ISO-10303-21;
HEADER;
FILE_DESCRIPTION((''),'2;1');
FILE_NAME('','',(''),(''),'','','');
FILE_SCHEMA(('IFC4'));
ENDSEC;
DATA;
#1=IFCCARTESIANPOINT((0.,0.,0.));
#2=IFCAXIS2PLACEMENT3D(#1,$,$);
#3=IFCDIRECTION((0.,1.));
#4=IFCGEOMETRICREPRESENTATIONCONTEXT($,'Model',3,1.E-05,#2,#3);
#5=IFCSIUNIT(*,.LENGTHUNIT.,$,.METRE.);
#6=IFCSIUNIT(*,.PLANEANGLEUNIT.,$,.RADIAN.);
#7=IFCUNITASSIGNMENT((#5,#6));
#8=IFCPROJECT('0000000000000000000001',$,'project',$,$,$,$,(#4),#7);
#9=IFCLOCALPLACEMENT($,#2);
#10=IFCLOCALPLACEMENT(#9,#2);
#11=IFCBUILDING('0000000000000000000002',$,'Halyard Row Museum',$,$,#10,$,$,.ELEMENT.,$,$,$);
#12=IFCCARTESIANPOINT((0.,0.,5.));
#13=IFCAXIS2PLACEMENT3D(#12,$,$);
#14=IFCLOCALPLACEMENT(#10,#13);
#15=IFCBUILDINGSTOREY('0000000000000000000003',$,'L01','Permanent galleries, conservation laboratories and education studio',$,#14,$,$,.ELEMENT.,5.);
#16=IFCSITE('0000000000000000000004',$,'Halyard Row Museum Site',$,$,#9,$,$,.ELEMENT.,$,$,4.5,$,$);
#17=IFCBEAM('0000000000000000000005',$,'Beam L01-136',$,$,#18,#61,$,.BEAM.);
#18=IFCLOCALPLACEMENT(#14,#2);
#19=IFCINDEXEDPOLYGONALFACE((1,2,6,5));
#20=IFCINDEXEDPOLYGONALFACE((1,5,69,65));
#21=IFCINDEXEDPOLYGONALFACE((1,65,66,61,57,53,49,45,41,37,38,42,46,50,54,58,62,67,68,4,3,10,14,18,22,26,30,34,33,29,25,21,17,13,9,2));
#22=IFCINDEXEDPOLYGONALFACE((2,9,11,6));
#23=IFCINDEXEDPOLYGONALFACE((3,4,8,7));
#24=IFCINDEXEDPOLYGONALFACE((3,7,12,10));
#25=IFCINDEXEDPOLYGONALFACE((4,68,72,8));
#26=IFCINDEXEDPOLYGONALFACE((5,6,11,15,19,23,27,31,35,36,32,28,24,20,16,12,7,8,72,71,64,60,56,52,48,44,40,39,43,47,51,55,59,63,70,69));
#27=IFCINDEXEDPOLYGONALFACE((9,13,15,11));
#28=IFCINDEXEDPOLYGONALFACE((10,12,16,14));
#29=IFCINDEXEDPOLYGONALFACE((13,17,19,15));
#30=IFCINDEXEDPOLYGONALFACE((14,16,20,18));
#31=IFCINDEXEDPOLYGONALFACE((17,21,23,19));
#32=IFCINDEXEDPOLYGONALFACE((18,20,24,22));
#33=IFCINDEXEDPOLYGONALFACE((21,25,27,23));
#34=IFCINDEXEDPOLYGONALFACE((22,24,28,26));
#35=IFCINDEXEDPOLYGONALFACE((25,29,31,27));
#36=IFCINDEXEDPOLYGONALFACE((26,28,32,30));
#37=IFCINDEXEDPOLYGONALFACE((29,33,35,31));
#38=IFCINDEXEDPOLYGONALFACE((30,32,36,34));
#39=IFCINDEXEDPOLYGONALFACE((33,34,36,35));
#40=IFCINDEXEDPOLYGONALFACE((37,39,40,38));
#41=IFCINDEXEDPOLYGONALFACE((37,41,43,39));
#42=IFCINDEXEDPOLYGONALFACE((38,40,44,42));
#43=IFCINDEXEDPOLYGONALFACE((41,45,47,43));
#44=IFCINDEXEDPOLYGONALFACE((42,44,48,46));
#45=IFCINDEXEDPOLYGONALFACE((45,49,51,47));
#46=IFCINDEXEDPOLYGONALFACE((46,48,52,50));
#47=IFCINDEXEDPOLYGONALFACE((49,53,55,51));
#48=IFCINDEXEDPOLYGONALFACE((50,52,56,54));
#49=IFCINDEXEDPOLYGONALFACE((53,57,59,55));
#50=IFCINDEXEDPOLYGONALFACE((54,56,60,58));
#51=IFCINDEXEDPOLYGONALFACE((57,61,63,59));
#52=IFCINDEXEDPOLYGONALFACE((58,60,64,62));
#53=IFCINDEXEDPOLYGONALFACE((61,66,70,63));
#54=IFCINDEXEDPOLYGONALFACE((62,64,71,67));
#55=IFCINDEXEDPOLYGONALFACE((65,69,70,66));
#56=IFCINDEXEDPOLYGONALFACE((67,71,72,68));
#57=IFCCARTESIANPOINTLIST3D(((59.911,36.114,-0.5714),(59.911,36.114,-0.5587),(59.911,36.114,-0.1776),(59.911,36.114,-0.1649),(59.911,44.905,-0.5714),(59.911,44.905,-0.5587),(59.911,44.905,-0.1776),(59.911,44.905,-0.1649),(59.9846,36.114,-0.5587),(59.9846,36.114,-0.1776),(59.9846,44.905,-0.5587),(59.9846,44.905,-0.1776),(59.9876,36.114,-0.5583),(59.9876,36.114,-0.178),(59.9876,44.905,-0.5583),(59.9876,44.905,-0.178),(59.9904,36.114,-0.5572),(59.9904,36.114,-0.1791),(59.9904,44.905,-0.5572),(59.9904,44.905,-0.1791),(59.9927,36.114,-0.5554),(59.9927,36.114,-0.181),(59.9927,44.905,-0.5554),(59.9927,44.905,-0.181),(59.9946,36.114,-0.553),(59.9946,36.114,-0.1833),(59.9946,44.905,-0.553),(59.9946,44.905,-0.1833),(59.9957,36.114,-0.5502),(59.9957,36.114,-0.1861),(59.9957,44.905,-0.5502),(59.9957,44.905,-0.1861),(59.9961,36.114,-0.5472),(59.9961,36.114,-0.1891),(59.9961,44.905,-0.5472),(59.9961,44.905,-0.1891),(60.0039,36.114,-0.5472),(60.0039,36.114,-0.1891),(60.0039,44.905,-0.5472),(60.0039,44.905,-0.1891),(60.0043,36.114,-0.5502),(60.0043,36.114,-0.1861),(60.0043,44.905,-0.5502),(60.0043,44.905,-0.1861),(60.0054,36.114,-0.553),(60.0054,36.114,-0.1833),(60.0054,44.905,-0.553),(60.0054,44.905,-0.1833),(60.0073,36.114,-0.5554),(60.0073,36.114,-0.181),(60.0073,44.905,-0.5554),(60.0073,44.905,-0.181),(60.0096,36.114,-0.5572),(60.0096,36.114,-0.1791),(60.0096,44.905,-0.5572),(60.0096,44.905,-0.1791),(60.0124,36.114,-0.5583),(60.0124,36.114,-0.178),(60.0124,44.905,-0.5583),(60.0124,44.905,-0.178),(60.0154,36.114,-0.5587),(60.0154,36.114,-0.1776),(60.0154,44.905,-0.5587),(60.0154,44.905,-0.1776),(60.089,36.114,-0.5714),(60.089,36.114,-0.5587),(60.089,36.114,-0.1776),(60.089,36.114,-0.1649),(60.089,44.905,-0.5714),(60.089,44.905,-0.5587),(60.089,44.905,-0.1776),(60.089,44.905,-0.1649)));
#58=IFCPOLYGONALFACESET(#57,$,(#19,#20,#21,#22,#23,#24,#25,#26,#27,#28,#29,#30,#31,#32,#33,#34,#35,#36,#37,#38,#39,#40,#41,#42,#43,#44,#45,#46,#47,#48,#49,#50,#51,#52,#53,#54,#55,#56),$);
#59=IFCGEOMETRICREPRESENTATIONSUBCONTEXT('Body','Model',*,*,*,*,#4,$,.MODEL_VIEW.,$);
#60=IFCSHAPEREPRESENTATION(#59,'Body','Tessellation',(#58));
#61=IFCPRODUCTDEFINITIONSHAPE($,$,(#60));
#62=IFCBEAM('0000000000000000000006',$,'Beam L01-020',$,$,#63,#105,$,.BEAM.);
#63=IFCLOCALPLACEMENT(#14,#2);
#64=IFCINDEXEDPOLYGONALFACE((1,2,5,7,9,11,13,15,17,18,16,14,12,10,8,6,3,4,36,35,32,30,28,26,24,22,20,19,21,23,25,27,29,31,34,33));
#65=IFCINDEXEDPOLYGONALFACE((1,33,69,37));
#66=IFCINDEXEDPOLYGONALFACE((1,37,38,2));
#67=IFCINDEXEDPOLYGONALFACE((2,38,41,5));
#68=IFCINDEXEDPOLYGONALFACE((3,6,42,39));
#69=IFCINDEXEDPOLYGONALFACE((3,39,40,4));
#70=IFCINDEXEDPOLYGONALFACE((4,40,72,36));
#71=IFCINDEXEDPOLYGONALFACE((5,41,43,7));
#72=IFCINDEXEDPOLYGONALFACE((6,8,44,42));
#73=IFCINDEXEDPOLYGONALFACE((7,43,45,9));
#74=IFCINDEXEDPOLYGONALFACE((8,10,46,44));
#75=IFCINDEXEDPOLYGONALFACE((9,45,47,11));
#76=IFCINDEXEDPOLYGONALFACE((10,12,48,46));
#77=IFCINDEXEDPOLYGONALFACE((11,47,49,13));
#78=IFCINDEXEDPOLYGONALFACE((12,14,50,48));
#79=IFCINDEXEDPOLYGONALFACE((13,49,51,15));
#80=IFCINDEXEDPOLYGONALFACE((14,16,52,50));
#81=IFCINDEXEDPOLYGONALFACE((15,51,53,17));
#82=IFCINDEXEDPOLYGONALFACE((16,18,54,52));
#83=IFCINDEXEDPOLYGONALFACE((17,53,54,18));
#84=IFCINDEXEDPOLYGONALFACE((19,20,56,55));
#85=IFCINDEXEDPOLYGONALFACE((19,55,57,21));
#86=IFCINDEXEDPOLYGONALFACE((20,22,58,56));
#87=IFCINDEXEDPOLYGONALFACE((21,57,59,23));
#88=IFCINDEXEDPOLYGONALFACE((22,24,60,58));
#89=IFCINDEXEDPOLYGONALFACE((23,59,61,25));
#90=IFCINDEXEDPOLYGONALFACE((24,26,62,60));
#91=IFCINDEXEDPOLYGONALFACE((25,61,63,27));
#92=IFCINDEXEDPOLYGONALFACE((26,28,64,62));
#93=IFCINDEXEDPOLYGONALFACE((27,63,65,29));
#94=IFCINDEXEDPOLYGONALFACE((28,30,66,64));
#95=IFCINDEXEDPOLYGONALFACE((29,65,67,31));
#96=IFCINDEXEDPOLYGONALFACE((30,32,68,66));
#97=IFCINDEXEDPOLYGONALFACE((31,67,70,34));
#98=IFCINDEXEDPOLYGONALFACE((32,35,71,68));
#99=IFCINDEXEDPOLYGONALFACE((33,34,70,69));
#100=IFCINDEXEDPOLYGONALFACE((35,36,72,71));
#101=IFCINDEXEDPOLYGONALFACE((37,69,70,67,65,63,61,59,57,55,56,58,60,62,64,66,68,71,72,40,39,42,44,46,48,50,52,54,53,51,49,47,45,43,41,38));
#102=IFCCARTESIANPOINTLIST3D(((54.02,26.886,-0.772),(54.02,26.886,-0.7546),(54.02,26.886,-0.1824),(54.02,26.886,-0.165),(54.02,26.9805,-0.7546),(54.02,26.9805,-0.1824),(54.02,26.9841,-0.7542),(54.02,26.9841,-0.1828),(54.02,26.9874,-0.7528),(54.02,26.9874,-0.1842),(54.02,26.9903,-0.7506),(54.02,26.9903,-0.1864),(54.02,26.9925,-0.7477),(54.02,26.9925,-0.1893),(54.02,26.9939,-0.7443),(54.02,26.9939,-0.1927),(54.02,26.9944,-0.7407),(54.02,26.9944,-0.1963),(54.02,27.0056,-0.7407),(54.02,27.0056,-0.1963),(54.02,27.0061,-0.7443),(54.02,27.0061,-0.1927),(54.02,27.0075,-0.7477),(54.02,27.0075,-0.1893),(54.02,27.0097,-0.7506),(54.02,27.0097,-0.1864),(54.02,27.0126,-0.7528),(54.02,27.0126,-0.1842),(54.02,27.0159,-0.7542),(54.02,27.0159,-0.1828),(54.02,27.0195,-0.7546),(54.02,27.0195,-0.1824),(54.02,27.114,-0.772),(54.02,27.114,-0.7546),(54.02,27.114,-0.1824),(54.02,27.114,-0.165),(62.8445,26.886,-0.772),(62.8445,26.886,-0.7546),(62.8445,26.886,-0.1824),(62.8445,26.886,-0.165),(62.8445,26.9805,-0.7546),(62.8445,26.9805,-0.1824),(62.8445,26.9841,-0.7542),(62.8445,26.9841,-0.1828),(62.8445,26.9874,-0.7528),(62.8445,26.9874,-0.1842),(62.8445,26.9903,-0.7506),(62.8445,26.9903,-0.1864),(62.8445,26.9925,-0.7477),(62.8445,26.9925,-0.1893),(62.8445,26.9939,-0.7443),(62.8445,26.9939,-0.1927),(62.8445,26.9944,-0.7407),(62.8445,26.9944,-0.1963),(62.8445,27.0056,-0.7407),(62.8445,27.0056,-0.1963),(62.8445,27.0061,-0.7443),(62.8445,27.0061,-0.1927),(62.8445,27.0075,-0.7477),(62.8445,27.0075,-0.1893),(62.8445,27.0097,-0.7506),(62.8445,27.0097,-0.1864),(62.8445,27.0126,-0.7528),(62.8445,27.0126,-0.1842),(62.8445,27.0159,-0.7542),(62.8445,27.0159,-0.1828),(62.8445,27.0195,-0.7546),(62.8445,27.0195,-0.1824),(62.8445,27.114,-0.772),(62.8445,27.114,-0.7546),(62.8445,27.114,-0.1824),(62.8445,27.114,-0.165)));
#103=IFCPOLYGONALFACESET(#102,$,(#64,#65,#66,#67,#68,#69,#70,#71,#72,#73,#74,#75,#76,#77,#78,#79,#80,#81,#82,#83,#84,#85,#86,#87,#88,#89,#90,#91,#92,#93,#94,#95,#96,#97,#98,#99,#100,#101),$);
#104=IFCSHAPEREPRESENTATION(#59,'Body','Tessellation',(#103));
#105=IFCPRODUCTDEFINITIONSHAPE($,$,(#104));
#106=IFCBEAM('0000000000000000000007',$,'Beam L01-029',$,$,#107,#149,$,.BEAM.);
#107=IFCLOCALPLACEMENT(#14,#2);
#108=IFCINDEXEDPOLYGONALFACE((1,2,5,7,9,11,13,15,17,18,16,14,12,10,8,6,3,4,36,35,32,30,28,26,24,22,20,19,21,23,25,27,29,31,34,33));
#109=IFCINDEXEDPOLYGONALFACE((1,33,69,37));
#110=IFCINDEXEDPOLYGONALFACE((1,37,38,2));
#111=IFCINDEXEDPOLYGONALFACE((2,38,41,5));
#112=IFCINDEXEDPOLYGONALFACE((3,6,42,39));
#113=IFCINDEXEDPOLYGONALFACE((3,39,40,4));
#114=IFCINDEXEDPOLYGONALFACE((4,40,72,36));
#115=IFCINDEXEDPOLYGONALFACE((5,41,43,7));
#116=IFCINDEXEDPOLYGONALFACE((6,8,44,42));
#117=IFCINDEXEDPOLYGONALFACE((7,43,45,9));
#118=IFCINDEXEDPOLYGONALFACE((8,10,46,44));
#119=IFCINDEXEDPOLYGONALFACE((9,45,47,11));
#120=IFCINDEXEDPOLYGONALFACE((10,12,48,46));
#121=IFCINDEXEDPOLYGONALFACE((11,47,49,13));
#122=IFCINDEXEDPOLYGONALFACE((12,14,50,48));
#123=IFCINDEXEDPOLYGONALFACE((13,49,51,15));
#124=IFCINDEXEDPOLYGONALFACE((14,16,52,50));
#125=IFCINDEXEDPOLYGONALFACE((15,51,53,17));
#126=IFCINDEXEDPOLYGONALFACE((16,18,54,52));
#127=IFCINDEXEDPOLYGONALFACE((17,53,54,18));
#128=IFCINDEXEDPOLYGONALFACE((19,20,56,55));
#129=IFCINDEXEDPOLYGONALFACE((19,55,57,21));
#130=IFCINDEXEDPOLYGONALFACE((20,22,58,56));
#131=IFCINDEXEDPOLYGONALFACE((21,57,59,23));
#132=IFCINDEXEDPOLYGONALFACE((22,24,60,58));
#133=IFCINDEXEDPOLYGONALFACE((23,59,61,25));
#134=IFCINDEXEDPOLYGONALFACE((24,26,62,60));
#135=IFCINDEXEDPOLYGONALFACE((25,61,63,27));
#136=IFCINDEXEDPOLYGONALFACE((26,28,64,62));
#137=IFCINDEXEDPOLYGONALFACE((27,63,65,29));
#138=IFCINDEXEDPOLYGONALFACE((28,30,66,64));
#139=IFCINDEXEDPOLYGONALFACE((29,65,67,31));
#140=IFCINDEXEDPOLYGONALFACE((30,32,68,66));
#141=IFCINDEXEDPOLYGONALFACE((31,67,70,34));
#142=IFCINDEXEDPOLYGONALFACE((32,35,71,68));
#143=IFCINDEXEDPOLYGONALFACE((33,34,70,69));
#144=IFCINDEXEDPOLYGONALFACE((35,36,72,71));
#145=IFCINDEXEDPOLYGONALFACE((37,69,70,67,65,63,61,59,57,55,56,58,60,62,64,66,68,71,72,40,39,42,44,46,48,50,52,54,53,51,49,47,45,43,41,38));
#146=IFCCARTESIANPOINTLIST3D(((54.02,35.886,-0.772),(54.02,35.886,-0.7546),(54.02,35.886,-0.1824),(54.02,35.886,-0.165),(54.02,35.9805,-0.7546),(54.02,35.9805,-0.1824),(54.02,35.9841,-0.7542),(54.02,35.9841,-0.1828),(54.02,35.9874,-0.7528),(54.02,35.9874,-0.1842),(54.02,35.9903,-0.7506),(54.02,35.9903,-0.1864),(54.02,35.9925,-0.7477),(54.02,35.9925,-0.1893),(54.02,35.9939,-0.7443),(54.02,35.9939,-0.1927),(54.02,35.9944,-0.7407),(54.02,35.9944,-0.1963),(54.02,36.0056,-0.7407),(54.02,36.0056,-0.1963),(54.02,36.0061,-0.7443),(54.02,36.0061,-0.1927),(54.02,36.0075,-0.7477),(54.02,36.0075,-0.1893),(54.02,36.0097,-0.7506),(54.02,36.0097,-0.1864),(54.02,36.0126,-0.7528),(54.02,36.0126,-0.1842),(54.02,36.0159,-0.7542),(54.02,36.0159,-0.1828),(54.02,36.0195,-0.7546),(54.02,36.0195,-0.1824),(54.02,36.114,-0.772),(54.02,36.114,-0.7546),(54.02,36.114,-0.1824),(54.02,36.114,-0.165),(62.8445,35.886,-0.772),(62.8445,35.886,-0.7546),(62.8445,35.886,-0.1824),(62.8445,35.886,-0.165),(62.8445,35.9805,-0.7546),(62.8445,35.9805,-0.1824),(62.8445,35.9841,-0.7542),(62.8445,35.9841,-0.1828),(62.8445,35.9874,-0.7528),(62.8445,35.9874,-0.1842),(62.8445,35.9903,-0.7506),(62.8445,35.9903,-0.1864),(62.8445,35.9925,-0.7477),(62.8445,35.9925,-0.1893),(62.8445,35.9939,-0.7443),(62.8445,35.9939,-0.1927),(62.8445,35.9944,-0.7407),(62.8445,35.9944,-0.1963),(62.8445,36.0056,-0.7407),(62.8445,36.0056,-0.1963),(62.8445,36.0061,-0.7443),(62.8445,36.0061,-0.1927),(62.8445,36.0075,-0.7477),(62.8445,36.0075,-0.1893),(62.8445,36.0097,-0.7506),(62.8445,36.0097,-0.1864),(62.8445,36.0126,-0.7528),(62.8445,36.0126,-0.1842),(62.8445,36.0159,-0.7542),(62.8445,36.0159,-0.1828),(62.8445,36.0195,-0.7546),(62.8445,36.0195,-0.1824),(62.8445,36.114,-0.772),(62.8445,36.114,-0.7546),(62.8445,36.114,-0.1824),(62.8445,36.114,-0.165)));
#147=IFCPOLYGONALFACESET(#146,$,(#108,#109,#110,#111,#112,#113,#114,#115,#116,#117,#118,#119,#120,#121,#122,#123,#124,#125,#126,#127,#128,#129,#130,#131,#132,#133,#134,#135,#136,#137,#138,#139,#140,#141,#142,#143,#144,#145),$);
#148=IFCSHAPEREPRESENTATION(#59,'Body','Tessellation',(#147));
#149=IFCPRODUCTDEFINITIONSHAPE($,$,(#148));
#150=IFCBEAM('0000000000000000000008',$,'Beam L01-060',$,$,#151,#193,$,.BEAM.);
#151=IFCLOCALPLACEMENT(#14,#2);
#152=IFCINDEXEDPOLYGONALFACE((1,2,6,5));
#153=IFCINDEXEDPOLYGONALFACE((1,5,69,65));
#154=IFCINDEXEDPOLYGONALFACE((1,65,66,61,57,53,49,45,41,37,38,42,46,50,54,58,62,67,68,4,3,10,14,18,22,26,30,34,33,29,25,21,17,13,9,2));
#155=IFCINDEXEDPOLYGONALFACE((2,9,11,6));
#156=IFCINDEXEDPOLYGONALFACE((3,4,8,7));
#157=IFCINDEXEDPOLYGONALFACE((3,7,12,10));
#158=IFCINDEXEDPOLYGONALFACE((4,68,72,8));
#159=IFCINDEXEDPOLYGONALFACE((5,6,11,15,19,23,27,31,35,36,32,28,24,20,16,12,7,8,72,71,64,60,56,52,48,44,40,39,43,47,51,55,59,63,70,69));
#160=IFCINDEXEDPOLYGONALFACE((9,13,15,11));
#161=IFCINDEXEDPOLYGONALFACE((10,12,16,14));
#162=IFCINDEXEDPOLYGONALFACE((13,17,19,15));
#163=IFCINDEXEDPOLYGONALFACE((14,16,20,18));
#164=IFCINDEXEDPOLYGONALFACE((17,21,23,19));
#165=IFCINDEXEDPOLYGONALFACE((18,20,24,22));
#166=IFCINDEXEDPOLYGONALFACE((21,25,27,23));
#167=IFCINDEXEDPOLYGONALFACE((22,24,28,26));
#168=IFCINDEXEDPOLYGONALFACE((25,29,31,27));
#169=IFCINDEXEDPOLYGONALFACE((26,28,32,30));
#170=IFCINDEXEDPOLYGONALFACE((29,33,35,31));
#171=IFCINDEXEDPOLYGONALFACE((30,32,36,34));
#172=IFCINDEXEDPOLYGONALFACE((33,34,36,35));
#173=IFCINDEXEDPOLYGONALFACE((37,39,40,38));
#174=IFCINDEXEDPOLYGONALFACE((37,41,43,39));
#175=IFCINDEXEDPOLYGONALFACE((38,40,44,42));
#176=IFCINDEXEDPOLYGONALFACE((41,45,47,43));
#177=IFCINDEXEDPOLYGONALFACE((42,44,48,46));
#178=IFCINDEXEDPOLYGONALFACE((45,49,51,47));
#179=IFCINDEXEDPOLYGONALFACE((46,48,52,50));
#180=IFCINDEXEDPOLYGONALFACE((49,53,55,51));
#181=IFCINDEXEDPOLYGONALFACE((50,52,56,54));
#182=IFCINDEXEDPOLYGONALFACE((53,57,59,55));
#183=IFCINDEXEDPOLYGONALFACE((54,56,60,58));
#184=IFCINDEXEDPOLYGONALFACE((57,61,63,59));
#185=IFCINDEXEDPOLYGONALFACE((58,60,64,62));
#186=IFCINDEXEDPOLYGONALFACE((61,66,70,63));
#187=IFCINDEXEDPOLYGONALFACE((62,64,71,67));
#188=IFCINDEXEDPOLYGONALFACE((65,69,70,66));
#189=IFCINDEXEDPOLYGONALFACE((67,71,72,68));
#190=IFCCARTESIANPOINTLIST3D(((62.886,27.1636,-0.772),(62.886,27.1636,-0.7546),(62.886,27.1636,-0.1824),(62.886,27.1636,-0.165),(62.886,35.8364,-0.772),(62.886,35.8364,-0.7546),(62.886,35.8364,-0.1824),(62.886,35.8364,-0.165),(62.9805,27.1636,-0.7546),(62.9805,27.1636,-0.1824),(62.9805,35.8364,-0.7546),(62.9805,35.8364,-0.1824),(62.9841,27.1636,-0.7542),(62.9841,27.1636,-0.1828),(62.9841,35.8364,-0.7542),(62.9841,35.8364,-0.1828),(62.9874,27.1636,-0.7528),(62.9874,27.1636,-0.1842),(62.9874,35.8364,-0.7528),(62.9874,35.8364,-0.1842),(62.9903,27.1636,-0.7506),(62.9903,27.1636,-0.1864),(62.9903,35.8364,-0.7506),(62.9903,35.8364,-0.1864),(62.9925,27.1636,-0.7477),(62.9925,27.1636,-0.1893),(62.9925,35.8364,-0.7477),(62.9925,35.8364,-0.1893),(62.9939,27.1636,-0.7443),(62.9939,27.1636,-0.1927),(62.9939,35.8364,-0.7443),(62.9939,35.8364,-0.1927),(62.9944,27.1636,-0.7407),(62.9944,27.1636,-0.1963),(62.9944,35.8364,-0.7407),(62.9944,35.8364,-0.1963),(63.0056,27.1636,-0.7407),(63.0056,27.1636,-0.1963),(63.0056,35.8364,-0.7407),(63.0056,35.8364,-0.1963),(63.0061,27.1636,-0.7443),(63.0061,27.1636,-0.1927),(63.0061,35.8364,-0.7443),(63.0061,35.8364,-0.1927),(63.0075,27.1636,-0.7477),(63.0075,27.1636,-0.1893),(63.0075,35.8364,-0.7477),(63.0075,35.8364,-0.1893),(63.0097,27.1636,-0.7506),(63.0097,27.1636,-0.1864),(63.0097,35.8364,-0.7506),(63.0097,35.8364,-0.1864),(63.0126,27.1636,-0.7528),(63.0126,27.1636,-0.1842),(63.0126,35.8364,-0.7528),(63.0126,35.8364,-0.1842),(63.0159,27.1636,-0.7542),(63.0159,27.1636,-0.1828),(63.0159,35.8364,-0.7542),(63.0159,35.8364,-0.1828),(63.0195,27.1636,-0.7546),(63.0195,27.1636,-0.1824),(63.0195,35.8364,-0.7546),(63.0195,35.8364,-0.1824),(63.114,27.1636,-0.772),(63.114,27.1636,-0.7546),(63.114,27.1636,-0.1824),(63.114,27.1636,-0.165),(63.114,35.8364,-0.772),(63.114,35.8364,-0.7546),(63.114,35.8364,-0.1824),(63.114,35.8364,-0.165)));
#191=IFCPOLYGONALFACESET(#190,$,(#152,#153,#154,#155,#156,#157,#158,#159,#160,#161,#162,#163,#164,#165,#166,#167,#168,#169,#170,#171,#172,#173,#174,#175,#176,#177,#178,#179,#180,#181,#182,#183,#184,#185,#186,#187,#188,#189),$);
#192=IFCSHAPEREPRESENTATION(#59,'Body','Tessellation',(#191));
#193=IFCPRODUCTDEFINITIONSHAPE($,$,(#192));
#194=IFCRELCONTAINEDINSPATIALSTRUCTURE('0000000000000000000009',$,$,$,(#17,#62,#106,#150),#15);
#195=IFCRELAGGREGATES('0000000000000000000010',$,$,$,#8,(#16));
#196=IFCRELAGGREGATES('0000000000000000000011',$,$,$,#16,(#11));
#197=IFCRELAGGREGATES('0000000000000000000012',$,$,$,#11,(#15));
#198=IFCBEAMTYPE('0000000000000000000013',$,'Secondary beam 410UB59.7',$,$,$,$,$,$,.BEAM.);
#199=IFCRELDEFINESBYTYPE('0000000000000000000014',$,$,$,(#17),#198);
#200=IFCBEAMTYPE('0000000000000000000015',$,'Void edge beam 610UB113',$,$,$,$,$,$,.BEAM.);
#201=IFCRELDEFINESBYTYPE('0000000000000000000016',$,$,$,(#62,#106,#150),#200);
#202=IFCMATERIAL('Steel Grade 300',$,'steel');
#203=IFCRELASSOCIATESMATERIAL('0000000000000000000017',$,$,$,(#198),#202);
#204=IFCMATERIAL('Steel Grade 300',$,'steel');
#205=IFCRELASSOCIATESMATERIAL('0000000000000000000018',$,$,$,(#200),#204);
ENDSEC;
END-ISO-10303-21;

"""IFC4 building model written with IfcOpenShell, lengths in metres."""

from ifc_helpers import new_model, si_unit, direction, frame, origin, origin_2d, place, context, subcontext, project, spatial, i_section, extrude, material, material_profile, profile_set, type_object, element, save


model = new_model("IFC4")

# Units and contexts
model_context = context("Model", 3, precision=1e-05, world=origin(), true_north=direction((0.0, 1.0)))
body_context = subcontext(model_context, "Body", "Model", "MODEL_VIEW")
ifc_project = project(units=[si_unit("LENGTHUNIT", "METRE"), si_unit("PLANEANGLEUNIT", "RADIAN")], contexts=[model_context])

# Site, building, storey
site_placement = place(None, origin())
site = spatial("IfcSite", under=ifc_project, at=site_placement, Name="Halyard Row Museum Site", CompositionType="ELEMENT", RefElevation=4.5)
building_placement = place(site_placement, origin())
building = spatial("IfcBuilding", under=site, at=building_placement, Name="Halyard Row Museum", CompositionType="ELEMENT")
storey_placement = place(building_placement, frame((0.0, 0.0, 5.0)))
storey = spatial("IfcBuildingStorey", under=building, at=storey_placement, Name="L01", Description="Permanent galleries, conservation laboratories and education studio", CompositionType="ELEMENT", Elevation=5.0)

# Beams
ifc_material_1 = material(Name="Steel Grade 300", Category="steel")
ifc_material_profile_1 = material_profile(ifc_material_1, i_section(OverallWidth=0.178, OverallDepth=0.4065, WebThickness=0.0078, FlangeThickness=0.0127, FilletRadius=0.0115, at=origin_2d()), Name="410UB59.7")
ifc_profile_set_1 = profile_set([ifc_material_profile_1], Name="Steel Grade 300")
beam_type_1 = type_object("IfcBeamType", Name="Secondary beam 410UB59.7", PredefinedType="BEAM", material=ifc_profile_set_1)
for number, where, z_axis, x_axis, name in (
    (1, (60.0, 36.114, -0.3682), (0.0, 1.0, 0.0), (-1.0, 0.0, 0.0), "Beam L01-136"),
):
    element("IfcBeam", number, at=place(storey_placement, frame(where, z_axis=z_axis, x_axis=x_axis)), inside=storey, type_object=beam_type_1, Name=name, PredefinedType="BEAM", context=body_context, shape_type="SweptSolid", body=[
        extrude(i_section(OverallWidth=0.178, OverallDepth=0.4065, WebThickness=0.0078, FlangeThickness=0.0127, FilletRadius=0.0115, at=origin_2d()), origin(), (0.0, 0.0, 1.0), 8.791),
    ])
ifc_material_2 = material(Name="Steel Grade 300", Category="steel")
ifc_material_profile_2 = material_profile(ifc_material_2, i_section(OverallWidth=0.228, OverallDepth=0.6069, WebThickness=0.0112, FlangeThickness=0.0173, FilletRadius=0.0139, at=origin_2d()), Name="610UB113")
ifc_profile_set_2 = profile_set([ifc_material_profile_2], Name="Steel Grade 300")
beam_type_2 = type_object("IfcBeamType", Name="Void edge beam 610UB113", PredefinedType="BEAM", material=ifc_profile_set_2)
for number, where, z_axis, x_axis, name in (
    (2, (54.02, 27.0, -0.4685), (1.0, 0.0, 0.0), (0.0, 1.0, 0.0), "Beam L01-020"),
    (3, (54.02, 36.0, -0.4685), (1.0, 0.0, 0.0), (0.0, 1.0, 0.0), "Beam L01-029"),
):
    element("IfcBeam", number, at=place(storey_placement, frame(where, z_axis=z_axis, x_axis=x_axis)), inside=storey, type_object=beam_type_2, Name=name, PredefinedType="BEAM", context=body_context, shape_type="SweptSolid", body=[
        extrude(i_section(OverallWidth=0.228, OverallDepth=0.6069, WebThickness=0.0112, FlangeThickness=0.0173, FilletRadius=0.0139, at=origin_2d()), origin(), (0.0, 0.0, 1.0), 8.8245),
    ])
beam_1_placement = place(storey_placement, frame((63.0, 27.1636, -0.4685), z_axis=(0.0, 1.0, 0.0), x_axis=(-1.0, 0.0, 0.0)))
element("IfcBeam", 4, at=beam_1_placement, inside=storey, type_object=beam_type_2, Name="Beam L01-060", PredefinedType="BEAM", context=body_context, shape_type="SweptSolid", body=[
    extrude(i_section(OverallWidth=0.228, OverallDepth=0.6069, WebThickness=0.0112, FlangeThickness=0.0173, FilletRadius=0.0139, at=origin_2d()), origin(), (0.0, 0.0, 1.0), 8.6729),
])

save(model, "model.ifc")
